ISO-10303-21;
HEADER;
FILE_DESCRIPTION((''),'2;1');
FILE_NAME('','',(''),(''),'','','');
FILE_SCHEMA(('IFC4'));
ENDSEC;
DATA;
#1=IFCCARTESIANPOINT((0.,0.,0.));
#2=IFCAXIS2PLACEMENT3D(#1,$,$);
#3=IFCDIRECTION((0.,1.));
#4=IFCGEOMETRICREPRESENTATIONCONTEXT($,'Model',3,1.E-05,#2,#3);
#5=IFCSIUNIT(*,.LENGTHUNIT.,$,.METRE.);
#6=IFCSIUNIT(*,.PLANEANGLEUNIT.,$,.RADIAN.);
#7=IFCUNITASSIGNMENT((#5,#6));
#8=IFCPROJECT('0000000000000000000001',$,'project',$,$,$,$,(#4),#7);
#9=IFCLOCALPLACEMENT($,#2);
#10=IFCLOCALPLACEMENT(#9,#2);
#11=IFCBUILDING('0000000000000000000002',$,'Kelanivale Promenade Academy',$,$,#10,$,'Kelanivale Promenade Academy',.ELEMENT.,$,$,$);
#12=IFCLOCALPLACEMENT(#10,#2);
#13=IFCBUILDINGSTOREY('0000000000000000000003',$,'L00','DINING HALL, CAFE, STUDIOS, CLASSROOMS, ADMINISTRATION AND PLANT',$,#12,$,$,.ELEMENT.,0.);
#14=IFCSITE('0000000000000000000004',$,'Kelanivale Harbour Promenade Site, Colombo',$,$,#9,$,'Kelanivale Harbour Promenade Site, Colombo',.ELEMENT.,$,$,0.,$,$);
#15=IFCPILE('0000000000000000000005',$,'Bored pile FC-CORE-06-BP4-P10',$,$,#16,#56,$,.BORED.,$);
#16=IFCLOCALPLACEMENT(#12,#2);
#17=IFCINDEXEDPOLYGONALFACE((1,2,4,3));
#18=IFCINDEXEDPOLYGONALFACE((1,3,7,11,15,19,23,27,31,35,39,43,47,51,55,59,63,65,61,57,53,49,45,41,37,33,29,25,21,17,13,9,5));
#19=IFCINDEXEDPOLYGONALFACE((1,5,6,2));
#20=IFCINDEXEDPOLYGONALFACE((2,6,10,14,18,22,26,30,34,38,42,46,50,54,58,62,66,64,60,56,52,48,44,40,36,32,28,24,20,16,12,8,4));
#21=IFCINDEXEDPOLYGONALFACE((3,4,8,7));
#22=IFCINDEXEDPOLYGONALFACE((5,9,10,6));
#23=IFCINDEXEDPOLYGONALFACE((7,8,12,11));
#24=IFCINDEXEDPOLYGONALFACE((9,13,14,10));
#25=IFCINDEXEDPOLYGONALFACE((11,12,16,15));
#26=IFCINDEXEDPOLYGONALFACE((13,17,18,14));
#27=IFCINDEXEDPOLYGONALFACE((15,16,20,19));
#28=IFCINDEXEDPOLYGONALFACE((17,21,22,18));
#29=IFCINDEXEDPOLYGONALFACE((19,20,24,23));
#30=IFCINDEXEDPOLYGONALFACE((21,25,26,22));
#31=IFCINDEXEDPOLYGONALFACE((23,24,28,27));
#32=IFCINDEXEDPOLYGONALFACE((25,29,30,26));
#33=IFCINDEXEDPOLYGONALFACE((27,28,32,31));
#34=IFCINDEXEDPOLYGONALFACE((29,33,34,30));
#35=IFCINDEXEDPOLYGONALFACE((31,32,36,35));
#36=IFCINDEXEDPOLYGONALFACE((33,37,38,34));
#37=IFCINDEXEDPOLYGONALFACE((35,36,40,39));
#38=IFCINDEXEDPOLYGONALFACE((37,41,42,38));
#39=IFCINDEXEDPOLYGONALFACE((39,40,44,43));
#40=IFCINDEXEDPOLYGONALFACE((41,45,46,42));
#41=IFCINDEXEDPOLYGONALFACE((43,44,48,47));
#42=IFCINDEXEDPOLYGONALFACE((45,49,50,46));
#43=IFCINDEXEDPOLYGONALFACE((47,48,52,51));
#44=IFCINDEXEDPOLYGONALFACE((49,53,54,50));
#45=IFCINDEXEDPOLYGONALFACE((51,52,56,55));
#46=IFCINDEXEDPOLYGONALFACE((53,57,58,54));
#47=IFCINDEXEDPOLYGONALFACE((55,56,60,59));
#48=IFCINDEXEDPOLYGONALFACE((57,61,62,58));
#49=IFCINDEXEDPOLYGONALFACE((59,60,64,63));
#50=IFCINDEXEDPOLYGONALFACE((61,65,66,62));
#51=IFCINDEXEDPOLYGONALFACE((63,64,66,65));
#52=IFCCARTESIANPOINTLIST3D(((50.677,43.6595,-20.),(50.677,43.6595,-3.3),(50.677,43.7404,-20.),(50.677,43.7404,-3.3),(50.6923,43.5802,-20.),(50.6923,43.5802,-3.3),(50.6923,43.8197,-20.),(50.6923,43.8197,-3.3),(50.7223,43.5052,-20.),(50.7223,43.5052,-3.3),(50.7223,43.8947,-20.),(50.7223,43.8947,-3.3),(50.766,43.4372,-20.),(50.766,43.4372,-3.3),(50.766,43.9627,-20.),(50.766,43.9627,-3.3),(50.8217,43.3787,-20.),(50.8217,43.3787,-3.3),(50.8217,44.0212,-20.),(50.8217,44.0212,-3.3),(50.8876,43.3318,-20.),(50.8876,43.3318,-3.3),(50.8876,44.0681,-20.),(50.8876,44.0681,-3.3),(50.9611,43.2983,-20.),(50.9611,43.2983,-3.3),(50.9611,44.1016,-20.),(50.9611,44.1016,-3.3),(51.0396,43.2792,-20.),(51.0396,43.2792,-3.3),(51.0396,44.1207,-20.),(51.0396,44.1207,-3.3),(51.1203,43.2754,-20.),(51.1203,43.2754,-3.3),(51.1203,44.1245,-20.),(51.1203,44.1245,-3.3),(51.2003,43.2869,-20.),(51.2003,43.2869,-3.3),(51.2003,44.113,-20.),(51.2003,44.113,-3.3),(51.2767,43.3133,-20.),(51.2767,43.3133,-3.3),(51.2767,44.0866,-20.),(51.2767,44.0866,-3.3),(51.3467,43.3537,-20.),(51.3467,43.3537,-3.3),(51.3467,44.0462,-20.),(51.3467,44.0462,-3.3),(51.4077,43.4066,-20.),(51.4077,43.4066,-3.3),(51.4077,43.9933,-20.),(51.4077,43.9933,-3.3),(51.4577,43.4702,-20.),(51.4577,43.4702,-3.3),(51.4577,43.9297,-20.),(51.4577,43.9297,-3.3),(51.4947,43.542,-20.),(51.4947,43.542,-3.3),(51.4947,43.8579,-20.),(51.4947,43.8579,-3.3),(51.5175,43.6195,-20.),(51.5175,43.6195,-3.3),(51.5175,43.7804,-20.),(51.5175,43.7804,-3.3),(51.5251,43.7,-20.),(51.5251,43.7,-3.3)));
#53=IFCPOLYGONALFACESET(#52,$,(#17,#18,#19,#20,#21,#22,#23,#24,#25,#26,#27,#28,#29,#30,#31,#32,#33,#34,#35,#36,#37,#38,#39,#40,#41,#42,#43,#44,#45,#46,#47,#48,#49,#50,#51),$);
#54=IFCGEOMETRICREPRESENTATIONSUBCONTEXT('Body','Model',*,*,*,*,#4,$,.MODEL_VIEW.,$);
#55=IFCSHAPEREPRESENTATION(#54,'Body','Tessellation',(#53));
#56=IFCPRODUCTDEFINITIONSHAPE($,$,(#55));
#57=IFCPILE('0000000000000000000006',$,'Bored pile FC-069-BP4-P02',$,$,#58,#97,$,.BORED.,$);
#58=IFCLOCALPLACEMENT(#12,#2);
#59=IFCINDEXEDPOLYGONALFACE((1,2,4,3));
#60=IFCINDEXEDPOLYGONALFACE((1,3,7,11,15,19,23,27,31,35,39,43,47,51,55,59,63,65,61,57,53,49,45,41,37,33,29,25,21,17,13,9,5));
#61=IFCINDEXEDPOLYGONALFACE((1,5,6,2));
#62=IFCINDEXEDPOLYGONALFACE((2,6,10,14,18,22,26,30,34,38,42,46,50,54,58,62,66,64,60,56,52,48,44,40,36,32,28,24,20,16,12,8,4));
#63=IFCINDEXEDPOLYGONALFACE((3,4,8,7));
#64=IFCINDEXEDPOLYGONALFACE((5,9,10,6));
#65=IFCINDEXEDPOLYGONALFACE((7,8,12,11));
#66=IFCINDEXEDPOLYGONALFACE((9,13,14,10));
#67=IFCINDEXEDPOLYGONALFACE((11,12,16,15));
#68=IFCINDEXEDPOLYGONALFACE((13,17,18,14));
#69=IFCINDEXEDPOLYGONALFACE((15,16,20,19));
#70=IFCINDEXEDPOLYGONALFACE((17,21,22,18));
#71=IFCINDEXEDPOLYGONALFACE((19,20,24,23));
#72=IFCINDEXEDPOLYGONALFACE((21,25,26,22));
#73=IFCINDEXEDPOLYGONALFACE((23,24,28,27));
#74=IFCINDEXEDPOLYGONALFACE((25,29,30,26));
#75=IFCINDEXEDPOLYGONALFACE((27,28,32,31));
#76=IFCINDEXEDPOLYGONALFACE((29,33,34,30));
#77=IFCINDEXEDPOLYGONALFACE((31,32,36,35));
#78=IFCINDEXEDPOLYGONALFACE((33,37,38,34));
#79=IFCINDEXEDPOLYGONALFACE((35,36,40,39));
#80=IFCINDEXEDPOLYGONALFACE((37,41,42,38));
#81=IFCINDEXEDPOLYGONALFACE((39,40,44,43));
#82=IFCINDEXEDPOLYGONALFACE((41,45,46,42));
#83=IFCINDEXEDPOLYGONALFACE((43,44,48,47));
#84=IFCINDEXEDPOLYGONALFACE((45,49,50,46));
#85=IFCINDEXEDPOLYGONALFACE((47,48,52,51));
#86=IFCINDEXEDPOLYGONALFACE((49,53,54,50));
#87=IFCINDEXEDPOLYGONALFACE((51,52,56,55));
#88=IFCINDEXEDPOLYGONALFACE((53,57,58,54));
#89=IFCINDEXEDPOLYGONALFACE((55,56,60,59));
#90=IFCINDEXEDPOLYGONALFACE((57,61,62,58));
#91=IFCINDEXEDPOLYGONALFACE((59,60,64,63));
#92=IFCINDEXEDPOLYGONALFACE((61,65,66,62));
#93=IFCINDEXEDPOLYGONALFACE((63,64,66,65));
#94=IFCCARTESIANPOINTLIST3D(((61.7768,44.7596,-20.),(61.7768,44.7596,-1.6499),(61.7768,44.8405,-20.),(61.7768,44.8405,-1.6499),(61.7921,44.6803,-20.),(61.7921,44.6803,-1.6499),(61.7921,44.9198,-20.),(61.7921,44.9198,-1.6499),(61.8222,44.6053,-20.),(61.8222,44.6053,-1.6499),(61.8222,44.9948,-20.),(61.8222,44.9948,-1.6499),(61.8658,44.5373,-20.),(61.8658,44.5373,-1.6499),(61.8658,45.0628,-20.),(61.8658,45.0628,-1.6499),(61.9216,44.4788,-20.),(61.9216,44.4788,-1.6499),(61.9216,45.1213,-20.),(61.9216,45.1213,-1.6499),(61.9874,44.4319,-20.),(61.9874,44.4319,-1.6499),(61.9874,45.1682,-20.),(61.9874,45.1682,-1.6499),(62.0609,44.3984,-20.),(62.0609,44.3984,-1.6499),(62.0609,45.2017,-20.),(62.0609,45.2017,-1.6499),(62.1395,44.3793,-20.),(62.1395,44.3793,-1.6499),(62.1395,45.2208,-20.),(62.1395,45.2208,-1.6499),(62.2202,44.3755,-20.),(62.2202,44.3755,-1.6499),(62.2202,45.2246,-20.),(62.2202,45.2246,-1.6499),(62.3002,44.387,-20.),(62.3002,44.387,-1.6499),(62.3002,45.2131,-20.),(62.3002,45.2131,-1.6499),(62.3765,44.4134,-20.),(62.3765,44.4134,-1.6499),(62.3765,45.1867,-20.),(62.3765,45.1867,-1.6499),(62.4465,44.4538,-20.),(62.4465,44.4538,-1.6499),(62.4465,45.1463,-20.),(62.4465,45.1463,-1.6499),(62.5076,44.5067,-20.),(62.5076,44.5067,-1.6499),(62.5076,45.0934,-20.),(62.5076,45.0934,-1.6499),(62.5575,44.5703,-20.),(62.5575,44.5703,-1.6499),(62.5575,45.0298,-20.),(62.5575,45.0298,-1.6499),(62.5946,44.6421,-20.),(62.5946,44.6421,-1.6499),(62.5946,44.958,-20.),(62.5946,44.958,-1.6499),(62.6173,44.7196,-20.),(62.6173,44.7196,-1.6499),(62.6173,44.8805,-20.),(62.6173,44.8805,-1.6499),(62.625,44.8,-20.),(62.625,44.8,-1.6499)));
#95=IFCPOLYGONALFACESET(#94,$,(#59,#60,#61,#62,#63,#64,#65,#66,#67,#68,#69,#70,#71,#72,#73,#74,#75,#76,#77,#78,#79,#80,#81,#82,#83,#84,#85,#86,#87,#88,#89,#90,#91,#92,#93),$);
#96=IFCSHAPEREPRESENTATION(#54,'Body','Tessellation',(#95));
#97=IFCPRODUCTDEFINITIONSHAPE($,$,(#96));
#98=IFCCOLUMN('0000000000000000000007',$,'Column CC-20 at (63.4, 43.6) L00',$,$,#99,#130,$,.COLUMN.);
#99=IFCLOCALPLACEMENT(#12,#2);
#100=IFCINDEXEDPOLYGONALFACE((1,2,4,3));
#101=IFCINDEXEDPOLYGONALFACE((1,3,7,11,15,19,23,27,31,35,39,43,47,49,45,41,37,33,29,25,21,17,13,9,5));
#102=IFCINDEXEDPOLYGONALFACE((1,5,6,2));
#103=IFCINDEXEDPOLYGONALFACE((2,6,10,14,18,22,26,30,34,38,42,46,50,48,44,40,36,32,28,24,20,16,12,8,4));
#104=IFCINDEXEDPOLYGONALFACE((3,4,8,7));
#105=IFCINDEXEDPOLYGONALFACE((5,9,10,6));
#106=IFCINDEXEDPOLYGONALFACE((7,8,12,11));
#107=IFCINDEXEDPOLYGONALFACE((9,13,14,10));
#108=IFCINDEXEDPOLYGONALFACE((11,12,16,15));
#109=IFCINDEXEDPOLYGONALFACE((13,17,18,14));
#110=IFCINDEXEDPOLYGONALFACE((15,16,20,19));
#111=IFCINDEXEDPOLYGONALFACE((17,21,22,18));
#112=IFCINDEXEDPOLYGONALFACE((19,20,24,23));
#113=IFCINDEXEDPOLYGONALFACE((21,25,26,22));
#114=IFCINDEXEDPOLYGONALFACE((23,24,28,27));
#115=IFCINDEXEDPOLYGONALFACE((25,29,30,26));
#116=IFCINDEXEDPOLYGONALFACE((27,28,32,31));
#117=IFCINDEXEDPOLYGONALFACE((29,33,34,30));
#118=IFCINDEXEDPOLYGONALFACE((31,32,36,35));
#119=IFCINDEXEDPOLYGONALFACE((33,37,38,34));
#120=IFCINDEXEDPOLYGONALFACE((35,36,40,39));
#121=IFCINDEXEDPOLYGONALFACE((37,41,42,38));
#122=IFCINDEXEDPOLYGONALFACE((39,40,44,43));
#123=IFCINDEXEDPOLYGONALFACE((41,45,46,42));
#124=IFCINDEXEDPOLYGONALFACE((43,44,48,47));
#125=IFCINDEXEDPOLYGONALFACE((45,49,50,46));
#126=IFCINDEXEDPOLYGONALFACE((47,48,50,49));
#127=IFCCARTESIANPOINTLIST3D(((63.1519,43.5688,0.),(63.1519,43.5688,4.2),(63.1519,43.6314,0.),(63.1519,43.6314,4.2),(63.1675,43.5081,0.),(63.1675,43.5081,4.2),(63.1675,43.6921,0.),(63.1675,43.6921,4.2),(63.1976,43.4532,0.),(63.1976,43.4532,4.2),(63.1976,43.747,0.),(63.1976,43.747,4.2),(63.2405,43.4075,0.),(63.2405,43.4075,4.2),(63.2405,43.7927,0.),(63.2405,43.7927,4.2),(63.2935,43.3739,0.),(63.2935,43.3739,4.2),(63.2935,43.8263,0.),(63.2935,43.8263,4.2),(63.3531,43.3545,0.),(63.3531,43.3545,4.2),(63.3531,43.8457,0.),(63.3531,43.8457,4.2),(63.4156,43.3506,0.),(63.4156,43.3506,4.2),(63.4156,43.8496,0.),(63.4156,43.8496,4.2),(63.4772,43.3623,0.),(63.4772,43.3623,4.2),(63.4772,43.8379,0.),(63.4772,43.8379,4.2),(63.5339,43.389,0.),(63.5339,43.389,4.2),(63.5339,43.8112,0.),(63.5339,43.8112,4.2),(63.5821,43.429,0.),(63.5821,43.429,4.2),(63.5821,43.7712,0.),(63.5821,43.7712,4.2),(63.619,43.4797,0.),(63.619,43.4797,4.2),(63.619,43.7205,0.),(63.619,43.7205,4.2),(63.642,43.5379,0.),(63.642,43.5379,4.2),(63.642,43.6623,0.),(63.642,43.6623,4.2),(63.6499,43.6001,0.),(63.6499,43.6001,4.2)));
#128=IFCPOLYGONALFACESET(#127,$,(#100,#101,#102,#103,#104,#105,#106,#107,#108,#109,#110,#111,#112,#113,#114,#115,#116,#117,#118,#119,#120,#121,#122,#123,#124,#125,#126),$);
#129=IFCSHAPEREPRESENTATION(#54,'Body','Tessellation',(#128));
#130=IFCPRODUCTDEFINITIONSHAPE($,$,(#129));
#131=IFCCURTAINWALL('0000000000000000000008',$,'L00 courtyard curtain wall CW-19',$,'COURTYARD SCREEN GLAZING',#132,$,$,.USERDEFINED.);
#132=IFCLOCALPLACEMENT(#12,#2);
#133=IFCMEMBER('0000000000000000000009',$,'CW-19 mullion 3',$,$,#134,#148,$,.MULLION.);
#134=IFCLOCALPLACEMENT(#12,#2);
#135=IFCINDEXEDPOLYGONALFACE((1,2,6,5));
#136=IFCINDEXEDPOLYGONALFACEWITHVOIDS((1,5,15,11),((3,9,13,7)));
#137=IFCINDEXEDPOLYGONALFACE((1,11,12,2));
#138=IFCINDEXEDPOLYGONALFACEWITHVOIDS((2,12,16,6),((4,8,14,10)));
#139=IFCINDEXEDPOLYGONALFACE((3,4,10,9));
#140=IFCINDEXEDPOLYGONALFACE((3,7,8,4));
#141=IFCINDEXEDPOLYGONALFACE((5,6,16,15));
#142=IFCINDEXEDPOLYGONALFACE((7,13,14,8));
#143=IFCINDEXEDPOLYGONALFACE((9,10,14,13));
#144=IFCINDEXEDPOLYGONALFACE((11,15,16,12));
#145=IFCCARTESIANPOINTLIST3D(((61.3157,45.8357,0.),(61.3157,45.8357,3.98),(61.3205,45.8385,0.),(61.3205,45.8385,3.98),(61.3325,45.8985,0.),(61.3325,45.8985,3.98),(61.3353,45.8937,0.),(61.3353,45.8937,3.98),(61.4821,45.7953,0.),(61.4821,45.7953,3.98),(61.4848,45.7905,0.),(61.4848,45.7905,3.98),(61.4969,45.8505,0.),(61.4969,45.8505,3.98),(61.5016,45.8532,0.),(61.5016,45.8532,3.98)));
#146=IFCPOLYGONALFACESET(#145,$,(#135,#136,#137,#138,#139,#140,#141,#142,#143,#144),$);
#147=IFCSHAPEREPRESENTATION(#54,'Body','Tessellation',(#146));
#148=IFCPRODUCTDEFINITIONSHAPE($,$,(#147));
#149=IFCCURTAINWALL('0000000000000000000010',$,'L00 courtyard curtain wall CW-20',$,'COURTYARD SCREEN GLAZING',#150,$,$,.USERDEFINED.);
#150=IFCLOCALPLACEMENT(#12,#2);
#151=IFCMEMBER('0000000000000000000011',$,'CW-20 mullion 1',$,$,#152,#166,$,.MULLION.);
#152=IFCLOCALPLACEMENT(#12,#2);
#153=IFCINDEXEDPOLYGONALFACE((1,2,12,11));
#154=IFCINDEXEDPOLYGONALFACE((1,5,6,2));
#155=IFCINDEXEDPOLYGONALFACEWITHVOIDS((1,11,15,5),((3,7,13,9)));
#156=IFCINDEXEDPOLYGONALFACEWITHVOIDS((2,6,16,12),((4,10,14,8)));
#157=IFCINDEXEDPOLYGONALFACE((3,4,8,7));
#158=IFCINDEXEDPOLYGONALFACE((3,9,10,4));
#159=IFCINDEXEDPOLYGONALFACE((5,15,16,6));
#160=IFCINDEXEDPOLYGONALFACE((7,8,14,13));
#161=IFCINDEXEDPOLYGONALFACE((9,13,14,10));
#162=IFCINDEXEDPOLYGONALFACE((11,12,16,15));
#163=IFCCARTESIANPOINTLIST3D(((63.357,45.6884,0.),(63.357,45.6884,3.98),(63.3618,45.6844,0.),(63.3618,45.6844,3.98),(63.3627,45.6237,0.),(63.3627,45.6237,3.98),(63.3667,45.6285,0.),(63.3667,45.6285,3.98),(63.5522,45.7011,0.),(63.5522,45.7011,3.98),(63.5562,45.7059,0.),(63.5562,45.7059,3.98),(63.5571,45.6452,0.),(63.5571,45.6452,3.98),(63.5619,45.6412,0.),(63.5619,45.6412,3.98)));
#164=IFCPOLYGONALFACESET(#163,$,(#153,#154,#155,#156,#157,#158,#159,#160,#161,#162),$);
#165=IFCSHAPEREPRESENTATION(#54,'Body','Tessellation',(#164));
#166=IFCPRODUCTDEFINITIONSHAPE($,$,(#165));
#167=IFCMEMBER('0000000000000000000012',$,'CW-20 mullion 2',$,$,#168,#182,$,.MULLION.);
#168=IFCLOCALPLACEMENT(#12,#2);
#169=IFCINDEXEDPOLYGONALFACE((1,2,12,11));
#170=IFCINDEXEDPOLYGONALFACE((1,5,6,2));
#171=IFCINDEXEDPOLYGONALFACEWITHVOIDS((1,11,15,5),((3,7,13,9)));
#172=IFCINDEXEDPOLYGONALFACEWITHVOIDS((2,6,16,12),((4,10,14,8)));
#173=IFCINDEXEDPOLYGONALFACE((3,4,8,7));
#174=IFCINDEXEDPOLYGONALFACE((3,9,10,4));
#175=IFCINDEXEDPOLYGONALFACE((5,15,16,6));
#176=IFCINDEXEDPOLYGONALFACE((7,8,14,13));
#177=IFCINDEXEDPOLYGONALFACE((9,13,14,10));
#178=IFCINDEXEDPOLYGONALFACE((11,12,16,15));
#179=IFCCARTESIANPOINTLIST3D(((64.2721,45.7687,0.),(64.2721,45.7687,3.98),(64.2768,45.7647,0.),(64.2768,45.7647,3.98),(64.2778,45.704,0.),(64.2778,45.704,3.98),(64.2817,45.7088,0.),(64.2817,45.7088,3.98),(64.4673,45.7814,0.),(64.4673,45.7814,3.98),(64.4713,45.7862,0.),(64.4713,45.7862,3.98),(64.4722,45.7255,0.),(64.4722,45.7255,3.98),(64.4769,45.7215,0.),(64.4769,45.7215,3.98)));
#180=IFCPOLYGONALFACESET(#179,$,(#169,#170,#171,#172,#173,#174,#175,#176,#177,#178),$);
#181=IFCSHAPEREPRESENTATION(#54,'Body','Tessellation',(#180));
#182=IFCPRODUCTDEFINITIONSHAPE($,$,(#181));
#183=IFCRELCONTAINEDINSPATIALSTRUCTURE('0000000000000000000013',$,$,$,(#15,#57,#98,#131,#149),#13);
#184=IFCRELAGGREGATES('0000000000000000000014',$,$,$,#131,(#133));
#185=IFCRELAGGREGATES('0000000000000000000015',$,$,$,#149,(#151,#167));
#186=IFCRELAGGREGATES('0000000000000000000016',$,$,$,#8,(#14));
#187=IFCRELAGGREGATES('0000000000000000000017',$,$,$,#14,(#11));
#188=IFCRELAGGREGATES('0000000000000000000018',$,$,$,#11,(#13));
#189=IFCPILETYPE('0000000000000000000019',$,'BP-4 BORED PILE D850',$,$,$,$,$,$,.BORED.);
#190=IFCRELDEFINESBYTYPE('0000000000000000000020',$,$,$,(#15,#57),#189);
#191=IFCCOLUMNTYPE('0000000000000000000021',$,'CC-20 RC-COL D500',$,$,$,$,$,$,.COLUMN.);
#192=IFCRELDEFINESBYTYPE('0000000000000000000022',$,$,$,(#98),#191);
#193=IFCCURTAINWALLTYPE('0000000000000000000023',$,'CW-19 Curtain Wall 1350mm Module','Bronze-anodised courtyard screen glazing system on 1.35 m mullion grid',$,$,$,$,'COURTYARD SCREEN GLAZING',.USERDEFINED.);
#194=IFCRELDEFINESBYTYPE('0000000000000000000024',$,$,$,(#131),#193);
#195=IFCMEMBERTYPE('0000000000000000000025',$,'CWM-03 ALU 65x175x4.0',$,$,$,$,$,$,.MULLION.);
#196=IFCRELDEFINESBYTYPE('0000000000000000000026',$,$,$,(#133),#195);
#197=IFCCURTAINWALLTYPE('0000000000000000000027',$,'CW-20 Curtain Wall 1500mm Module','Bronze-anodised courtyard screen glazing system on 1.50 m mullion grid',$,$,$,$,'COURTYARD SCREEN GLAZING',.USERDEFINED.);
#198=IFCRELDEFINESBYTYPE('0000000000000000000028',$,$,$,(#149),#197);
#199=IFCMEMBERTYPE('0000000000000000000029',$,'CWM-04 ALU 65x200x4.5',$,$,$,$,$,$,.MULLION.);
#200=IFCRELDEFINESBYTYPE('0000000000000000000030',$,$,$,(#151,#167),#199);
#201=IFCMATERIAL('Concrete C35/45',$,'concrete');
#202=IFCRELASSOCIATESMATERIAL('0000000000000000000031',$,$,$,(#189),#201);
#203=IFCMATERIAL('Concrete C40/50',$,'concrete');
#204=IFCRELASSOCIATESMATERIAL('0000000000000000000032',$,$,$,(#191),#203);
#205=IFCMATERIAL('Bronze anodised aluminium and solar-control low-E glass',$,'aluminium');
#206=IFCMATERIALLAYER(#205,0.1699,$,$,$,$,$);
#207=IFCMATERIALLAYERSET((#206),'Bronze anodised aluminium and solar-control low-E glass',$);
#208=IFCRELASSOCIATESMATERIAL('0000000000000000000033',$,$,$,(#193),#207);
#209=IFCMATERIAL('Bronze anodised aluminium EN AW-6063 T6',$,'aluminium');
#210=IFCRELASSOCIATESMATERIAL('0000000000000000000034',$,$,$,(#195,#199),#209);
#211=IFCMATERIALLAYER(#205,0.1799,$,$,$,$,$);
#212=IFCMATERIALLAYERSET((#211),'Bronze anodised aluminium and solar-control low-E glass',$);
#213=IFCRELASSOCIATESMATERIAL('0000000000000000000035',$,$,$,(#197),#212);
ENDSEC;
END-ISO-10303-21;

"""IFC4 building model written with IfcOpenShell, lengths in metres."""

from ifc_helpers import new_model, si_unit, direction, frame, origin, origin_2d, place, context, subcontext, project, spatial, hollow_rectangle, circle, extrude, material, layer, layer_set, material_profile, profile_set, type_object, element, aggregate, save


model = new_model("IFC4")

# Units and contexts
model_context = context("Model", 3, precision=1e-05, world=origin(), true_north=direction((0.0, 1.0)))
body_context = subcontext(model_context, "Body", "Model", "MODEL_VIEW")
ifc_project = project(units=[si_unit("LENGTHUNIT", "METRE"), si_unit("PLANEANGLEUNIT", "RADIAN")], contexts=[model_context])

# Site, building, storey
site_placement = place(None, origin())
site = spatial("IfcSite", under=ifc_project, at=site_placement, Name="Kelanivale Harbour Promenade Site, Colombo", LongName="Kelanivale Harbour Promenade Site, Colombo", CompositionType="ELEMENT", RefElevation=0.0)
building_placement = place(site_placement, origin())
building = spatial("IfcBuilding", under=site, at=building_placement, Name="Kelanivale Promenade Academy", LongName="Kelanivale Promenade Academy", CompositionType="ELEMENT")
storey_placement = place(building_placement, origin())
storey = spatial("IfcBuildingStorey", under=building, at=storey_placement, Name="L00", Description="DINING HALL, CAFE, STUDIOS, CLASSROOMS, ADMINISTRATION AND PLANT", CompositionType="ELEMENT", Elevation=0.0)

# Piles
ifc_material_1 = material(Name="Concrete C35/45", Category="concrete")
ifc_material_profile_1 = material_profile(ifc_material_1, circle(Radius=0.425, at=origin_2d()), Name="BORED PILE D850")
ifc_profile_set_1 = profile_set([ifc_material_profile_1], Name="Concrete C35/45")
pile_type = type_object("IfcPileType", Name="BP-4 BORED PILE D850", PredefinedType="BORED", material=ifc_profile_set_1)
pile_1_placement = place(storey_placement, frame((51.1001, 43.7, -3.3), z_axis=(0.0, 0.0, -1.0), x_axis=(1.0, 0.0, 0.0)))
element("IfcPile", 1, at=pile_1_placement, inside=storey, type_object=pile_type, Name="Bored pile FC-CORE-06-BP4-P10", PredefinedType="BORED", context=body_context, shape_type="SweptSolid", body=[
    extrude(circle(Radius=0.425, at=origin_2d()), origin(), (0.0, 0.0, 1.0), 16.7),
])
pile_2_placement = place(storey_placement, frame((62.2, 44.8, -1.6499), z_axis=(0.0, 0.0, -1.0), x_axis=(1.0, 0.0, 0.0)))
element("IfcPile", 2, at=pile_2_placement, inside=storey, type_object=pile_type, Name="Bored pile FC-069-BP4-P02", PredefinedType="BORED", context=body_context, shape_type="SweptSolid", body=[
    extrude(circle(Radius=0.425, at=origin_2d()), origin(), (0.0, 0.0, 1.0), 18.3501),
])

# Column
ifc_material_2 = material(Name="Concrete C40/50", Category="concrete")
ifc_material_profile_2 = material_profile(ifc_material_2, circle(Radius=0.25, at=origin_2d()), Name="RC-COL D500")
ifc_profile_set_2 = profile_set([ifc_material_profile_2], Name="Concrete C40/50")
column_type = type_object("IfcColumnType", Name="CC-20 RC-COL D500", PredefinedType="COLUMN", material=ifc_profile_set_2)
column_placement = place(storey_placement, frame((63.3999, 43.6001, 0.0), z_axis=(0.0, 0.0, 1.0), x_axis=(1.0, 0.0, 0.0)))
element("IfcColumn", 3, at=column_placement, inside=storey, type_object=column_type, Name="Column CC-20 at (63.4, 43.6) L00", PredefinedType="COLUMN", context=body_context, shape_type="SweptSolid", body=[
    extrude(circle(Radius=0.25, at=origin_2d()), origin(), (0.0, 0.0, 1.0), 4.2),
])

# Curtain wall, member
ifc_material_3 = material(Name="Bronze anodised aluminium and solar-control low-E glass", Category="aluminium")
ifc_layer_1 = layer(ifc_material_3, 0.1699)
ifc_layer_set_1 = layer_set([ifc_layer_1], Name="Bronze anodised aluminium and solar-control low-E glass")
curtain_wall_type_1 = type_object("IfcCurtainWallType", Name="CW-19 Curtain Wall 1350mm Module", Description="Bronze-anodised courtyard screen glazing system on 1.35 m mullion grid", ElementType="COURTYARD SCREEN GLAZING", PredefinedType="USERDEFINED", material=ifc_layer_set_1)
curtain_wall_1_placement = place(storey_placement, origin())
curtain_wall_1 = element("IfcCurtainWall", 4, at=curtain_wall_1_placement, inside=storey, type_object=curtain_wall_type_1, Name="L00 courtyard curtain wall CW-19", ObjectType="COURTYARD SCREEN GLAZING", PredefinedType="USERDEFINED")
ifc_material_4 = material(Name="Bronze anodised aluminium EN AW-6063 T6", Category="aluminium")
ifc_material_profile_3 = material_profile(ifc_material_4, hollow_rectangle(XDim=0.0649, YDim=0.175, WallThickness=0.0039, at=origin_2d()), Name="ALU 65x175x4.0")
ifc_profile_set_3 = profile_set([ifc_material_profile_3], Name="Bronze anodised aluminium EN AW-6063 T6")
member_type_1 = type_object("IfcMemberType", Name="CWM-03 ALU 65x175x4.0", PredefinedType="MULLION", material=ifc_profile_set_3)
member_1_placement = place(storey_placement, frame((61.4087, 45.8445, 0.0), z_axis=(0.0, 0.0, 1.0), x_axis=(0.258578, 0.96599, 0.0)))
member_1 = element("IfcMember", 5, at=member_1_placement, type_object=member_type_1, Name="CW-19 mullion 3", PredefinedType="MULLION", context=body_context, shape_type="SweptSolid", body=[
    extrude(hollow_rectangle(XDim=0.0649, YDim=0.175, WallThickness=0.0039, at=origin_2d()), origin(), (0.0, 0.0, 1.0), 3.98),
])

# Curtain wall, members
ifc_layer_2 = layer(ifc_material_3, 0.1799)
ifc_layer_set_2 = layer_set([ifc_layer_2], Name="Bronze anodised aluminium and solar-control low-E glass")
curtain_wall_type_2 = type_object("IfcCurtainWallType", Name="CW-20 Curtain Wall 1500mm Module", Description="Bronze-anodised courtyard screen glazing system on 1.50 m mullion grid", ElementType="COURTYARD SCREEN GLAZING", PredefinedType="USERDEFINED", material=ifc_layer_set_2)
curtain_wall_2_placement = place(storey_placement, origin())
curtain_wall_2 = element("IfcCurtainWall", 6, at=curtain_wall_2_placement, inside=storey, type_object=curtain_wall_type_2, Name="L00 courtyard curtain wall CW-20", ObjectType="COURTYARD SCREEN GLAZING", PredefinedType="USERDEFINED")
ifc_material_profile_4 = material_profile(ifc_material_4, hollow_rectangle(XDim=0.0649, YDim=0.2, WallThickness=0.0044, at=origin_2d()), Name="ALU 65x200x4.5")
ifc_profile_set_4 = profile_set([ifc_material_profile_4], Name="Bronze anodised aluminium EN AW-6063 T6")
member_type_2 = type_object("IfcMemberType", Name="CWM-04 ALU 65x200x4.5", PredefinedType="MULLION", material=ifc_profile_set_4)
member_2_placement = place(storey_placement, frame((63.4595, 45.6648, 0.0), z_axis=(0.0, 0.0, 1.0), x_axis=(-0.087265, 0.996185, 0.0)))
member_2 = element("IfcMember", 7, at=member_2_placement, type_object=member_type_2, Name="CW-20 mullion 1", PredefinedType="MULLION", context=body_context, shape_type="SweptSolid", body=[
    extrude(hollow_rectangle(XDim=0.0649, YDim=0.2, WallThickness=0.0044, at=origin_2d()), origin(), (0.0, 0.0, 1.0), 3.98),
])
member_3_placement = place(storey_placement, frame((64.3745, 45.7451, 0.0), z_axis=(0.0, 0.0, 1.0), x_axis=(-0.087265, 0.996185, 0.0)))
member_3 = element("IfcMember", 8, at=member_3_placement, type_object=member_type_2, Name="CW-20 mullion 2", PredefinedType="MULLION", context=body_context, shape_type="SweptSolid", body=[
    extrude(hollow_rectangle(XDim=0.0649, YDim=0.2, WallThickness=0.0044, at=origin_2d()), origin(), (0.0, 0.0, 1.0), 3.98),
])

aggregate(curtain_wall_1, [member_1])
aggregate(curtain_wall_2, [member_2, member_3])

save(model, "model.ifc")
